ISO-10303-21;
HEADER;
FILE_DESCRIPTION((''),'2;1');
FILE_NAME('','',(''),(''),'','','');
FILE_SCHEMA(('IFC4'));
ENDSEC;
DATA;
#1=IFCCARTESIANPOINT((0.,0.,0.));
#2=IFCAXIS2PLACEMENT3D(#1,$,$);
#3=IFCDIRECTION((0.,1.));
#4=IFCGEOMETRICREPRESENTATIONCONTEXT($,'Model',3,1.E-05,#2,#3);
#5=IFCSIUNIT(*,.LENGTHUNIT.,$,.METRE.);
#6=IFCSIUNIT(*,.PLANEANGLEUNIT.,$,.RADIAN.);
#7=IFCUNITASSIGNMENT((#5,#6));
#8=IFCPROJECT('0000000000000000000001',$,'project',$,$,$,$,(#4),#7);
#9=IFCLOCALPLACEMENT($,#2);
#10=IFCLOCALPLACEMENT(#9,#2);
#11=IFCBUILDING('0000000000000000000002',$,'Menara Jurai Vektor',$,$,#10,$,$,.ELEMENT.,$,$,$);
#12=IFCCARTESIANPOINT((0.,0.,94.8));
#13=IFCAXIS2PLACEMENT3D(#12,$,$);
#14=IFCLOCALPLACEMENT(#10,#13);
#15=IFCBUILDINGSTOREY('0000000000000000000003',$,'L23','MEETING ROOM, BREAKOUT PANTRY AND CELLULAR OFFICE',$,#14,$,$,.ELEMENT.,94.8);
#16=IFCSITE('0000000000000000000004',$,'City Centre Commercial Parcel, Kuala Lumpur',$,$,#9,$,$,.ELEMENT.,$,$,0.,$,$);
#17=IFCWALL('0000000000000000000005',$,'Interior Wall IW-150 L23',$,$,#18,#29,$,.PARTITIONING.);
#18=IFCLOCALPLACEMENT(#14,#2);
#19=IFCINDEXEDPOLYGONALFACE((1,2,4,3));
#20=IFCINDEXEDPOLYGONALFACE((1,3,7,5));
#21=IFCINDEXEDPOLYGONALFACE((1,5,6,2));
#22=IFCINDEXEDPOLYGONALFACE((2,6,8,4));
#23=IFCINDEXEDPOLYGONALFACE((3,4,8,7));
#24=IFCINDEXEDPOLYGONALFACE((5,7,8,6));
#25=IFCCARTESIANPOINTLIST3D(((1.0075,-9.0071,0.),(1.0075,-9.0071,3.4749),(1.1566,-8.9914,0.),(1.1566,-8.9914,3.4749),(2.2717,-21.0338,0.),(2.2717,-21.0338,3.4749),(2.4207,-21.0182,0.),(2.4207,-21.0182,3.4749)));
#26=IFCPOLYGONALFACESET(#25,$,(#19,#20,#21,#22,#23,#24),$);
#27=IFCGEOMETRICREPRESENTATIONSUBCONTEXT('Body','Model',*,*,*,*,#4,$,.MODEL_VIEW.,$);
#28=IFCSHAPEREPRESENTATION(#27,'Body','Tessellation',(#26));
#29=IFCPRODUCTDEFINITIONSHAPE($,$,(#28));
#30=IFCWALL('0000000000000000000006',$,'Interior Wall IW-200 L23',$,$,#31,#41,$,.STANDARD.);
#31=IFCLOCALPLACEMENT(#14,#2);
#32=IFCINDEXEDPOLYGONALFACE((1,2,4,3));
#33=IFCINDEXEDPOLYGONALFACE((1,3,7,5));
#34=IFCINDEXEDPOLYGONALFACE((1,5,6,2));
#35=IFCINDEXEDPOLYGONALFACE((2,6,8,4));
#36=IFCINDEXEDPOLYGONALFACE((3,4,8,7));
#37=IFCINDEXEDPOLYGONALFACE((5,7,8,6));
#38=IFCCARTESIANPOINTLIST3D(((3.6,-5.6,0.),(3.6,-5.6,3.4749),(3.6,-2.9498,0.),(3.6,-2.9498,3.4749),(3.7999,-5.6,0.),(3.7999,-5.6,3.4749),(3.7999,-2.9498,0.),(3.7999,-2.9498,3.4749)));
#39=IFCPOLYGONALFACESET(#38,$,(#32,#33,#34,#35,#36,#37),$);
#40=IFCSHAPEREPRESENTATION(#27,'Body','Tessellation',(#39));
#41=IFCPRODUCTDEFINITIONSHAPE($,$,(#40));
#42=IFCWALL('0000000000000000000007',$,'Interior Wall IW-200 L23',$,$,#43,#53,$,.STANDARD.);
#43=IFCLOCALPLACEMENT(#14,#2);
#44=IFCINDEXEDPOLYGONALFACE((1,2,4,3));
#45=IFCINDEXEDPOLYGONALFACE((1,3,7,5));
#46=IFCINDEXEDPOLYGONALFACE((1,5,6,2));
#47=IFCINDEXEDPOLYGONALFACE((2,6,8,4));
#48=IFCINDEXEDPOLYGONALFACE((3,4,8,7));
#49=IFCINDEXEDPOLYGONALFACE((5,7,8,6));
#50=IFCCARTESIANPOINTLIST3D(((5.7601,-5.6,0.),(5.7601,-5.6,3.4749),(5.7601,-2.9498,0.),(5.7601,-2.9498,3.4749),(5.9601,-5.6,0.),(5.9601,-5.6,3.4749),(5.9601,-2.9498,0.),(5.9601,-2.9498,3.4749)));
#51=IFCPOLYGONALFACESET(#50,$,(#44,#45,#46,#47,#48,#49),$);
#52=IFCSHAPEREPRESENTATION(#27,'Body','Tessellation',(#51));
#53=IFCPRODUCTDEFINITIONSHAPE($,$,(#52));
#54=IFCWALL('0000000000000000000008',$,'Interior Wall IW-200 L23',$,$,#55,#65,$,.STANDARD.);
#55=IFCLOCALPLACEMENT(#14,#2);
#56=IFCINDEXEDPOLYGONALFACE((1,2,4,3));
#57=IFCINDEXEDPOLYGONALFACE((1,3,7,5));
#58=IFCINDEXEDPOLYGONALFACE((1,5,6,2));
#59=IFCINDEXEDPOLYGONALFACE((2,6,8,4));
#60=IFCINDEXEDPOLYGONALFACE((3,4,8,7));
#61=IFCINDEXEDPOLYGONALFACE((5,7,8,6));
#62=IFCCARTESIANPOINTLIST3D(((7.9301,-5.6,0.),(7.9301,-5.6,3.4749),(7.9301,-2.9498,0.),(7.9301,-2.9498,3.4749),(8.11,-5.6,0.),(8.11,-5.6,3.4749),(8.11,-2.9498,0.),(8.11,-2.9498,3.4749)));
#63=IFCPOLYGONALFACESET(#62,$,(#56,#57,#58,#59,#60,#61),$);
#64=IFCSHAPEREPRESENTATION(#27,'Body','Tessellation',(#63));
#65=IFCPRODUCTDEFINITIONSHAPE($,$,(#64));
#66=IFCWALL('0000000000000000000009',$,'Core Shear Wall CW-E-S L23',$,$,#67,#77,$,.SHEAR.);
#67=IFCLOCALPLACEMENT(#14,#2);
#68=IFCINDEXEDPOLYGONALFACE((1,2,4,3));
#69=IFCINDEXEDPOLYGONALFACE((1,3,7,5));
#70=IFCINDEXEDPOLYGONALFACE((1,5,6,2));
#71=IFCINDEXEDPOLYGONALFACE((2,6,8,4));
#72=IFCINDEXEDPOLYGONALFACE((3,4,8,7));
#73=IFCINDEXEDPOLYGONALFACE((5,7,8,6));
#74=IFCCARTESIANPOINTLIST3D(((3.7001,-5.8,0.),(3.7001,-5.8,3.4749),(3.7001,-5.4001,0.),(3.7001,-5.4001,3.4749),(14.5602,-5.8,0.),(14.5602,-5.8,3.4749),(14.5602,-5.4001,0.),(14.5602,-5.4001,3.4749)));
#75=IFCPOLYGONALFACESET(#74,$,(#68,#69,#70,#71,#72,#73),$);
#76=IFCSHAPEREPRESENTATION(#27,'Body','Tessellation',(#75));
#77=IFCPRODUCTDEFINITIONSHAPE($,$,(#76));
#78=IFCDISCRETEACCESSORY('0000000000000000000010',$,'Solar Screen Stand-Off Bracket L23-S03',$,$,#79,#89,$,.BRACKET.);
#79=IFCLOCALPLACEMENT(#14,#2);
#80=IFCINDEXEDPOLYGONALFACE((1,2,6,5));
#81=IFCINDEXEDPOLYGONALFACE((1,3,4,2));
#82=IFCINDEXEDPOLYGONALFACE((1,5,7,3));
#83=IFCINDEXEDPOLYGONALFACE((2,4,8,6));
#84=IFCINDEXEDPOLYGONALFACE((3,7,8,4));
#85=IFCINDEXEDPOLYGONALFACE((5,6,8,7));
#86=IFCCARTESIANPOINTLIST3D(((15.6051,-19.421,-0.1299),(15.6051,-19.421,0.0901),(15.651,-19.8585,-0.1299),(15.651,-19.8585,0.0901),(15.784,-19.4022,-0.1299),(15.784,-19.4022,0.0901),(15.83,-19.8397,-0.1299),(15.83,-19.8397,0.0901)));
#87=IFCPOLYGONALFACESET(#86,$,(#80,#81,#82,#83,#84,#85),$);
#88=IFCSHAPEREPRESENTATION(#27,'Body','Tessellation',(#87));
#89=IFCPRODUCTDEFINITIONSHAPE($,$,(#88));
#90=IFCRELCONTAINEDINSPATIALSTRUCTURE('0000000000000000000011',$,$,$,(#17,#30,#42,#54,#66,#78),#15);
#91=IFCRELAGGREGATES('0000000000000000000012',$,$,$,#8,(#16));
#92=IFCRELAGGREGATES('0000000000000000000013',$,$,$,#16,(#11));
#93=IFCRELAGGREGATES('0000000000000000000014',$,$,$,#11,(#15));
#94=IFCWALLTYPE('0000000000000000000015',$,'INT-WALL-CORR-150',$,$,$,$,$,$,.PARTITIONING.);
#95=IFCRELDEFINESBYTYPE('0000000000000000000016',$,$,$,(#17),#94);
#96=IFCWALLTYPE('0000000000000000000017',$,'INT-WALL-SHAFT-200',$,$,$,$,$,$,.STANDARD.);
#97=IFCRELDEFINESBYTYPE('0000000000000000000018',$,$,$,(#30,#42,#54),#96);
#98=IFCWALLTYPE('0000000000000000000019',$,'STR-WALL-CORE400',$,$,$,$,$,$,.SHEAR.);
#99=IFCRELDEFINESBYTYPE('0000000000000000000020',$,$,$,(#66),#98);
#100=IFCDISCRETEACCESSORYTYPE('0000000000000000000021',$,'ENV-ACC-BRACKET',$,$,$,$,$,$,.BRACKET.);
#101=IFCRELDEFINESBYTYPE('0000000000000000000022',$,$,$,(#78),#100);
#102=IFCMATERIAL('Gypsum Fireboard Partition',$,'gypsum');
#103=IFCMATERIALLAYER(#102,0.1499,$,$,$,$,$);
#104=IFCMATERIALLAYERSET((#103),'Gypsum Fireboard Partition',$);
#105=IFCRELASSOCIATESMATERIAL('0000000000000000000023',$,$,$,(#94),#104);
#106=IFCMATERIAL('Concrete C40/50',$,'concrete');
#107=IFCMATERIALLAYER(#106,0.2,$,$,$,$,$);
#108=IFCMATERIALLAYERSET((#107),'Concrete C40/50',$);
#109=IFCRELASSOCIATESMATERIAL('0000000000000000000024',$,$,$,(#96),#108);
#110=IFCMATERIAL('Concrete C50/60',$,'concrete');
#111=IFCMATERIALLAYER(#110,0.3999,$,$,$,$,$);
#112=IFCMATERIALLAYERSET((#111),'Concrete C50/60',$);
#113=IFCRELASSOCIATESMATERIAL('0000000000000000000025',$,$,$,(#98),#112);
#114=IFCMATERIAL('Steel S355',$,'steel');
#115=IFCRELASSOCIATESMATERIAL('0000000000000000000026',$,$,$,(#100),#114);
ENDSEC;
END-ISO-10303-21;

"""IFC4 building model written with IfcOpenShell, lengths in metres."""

from ifc_helpers import new_model, si_unit, direction, frame, frame_2d, origin, origin_2d, place, context, subcontext, project, spatial, rectangle, extrude, material, layer, layer_set, type_object, element, save


model = new_model("IFC4")

# Units and contexts
model_context = context("Model", 3, precision=1e-05, world=origin(), true_north=direction((0.0, 1.0)))
body_context = subcontext(model_context, "Body", "Model", "MODEL_VIEW")
ifc_project = project(units=[si_unit("LENGTHUNIT", "METRE"), si_unit("PLANEANGLEUNIT", "RADIAN")], contexts=[model_context])

# Site, building, storey
site_placement = place(None, origin())
site = spatial("IfcSite", under=ifc_project, at=site_placement, Name="City Centre Commercial Parcel, Kuala Lumpur", CompositionType="ELEMENT", RefElevation=0.0)
building_placement = place(site_placement, origin())
building = spatial("IfcBuilding", under=site, at=building_placement, Name="Menara Jurai Vektor", CompositionType="ELEMENT")
storey_placement = place(building_placement, frame((0.0, 0.0, 94.8)))
storey = spatial("IfcBuildingStorey", under=building, at=storey_placement, Name="L23", Description="MEETING ROOM, BREAKOUT PANTRY AND CELLULAR OFFICE", CompositionType="ELEMENT", Elevation=94.8)

# Shared definitions
ifc_material_1 = material(Name="Concrete C50/60", Category="concrete")

# Shared definitions
ifc_material_2 = material(Name="Steel S355", Category="steel")

# Shared definitions
ifc_material_3 = material(Name="Gypsum Fireboard Partition", Category="gypsum")
ifc_layer_1 = layer(ifc_material_3, 0.1499)
ifc_layer_set_1 = layer_set([ifc_layer_1], Name="Gypsum Fireboard Partition")
wall_type_1 = type_object("IfcWallType", Name="INT-WALL-CORR-150", PredefinedType="PARTITIONING", material=ifc_layer_set_1)

# Walls
wall_1_placement = place(storey_placement, frame((2.3462, -21.0259, 0.0), z_axis=(0.0, 0.0, 1.0), x_axis=(-0.104536, 0.994521, 0.0)))
element("IfcWall", 1, at=wall_1_placement, inside=storey, type_object=wall_type_1, Name="Interior Wall IW-150 L23", PredefinedType="PARTITIONING", context=body_context, shape_type="SweptSolid", body=[
    extrude(rectangle(XDim=12.093, YDim=0.1499, at=frame_2d((6.0464, 0.0))), origin(), (0.0, 0.0, 1.0), 3.4749),
])
ifc_material_4 = material(Name="Concrete C40/50", Category="concrete")
ifc_layer_2 = layer(ifc_material_4, 0.2)
ifc_layer_set_2 = layer_set([ifc_layer_2], Name="Concrete C40/50")
wall_type_2 = type_object("IfcWallType", Name="INT-WALL-SHAFT-200", PredefinedType="STANDARD", material=ifc_layer_set_2)
for number, where, z_axis, x_axis, name in (
    (2, (3.7, -5.6001, 0.0), (0.0, 0.0, 1.0), (0.0, 1.0, 0.0), "Interior Wall IW-200 L23"),
    (3, (5.8601, -5.6001, 0.0), (0.0, 0.0, 1.0), (0.0, 1.0, 0.0), "Interior Wall IW-200 L23"),
):
    element("IfcWall", number, at=place(storey_placement, frame(where, z_axis=z_axis, x_axis=x_axis)), inside=storey, type_object=wall_type_2, Name=name, PredefinedType="STANDARD", context=body_context, shape_type="SweptSolid", body=[
        extrude(rectangle(XDim=2.6501, YDim=0.2, at=frame_2d((1.3252, 0.0))), origin(), (0.0, 0.0, 1.0), 3.4749),
    ])
wall_2_placement = place(storey_placement, frame((8.02, -5.6001, 0.0), z_axis=(0.0, 0.0, 1.0), x_axis=(0.0, 1.0, 0.0)))
element("IfcWall", 4, at=wall_2_placement, inside=storey, type_object=wall_type_2, Name="Interior Wall IW-200 L23", PredefinedType="STANDARD", context=body_context, shape_type="SweptSolid", body=[
    extrude(rectangle(XDim=2.6501, YDim=0.1799, at=frame_2d((1.3252, 0.0))), origin(), (0.0, 0.0, 1.0), 3.4749),
])
ifc_layer_3 = layer(ifc_material_1, 0.3999)
ifc_layer_set_3 = layer_set([ifc_layer_3], Name="Concrete C50/60")
wall_type_3 = type_object("IfcWallType", Name="STR-WALL-CORE400", PredefinedType="SHEAR", material=ifc_layer_set_3)
wall_3_placement = place(storey_placement, frame((3.7, -5.6001, 0.0), z_axis=(0.0, 0.0, 1.0), x_axis=(1.0, 0.0, 0.0)))
element("IfcWall", 5, at=wall_3_placement, inside=storey, type_object=wall_type_3, Name="Core Shear Wall CW-E-S L23", PredefinedType="SHEAR", context=body_context, shape_type="SweptSolid", body=[
    extrude(rectangle(XDim=10.8601, YDim=0.3999, at=frame_2d((5.4302, 0.0))), origin(), (0.0, 0.0, 1.0), 3.4749),
])

# Discrete accessory
discrete_accessory_type = type_object("IfcDiscreteAccessoryType", Name="ENV-ACC-BRACKET", PredefinedType="BRACKET", material=ifc_material_2)
discrete_accessory_placement = place(storey_placement, frame((15.7175, -19.6304, -0.1299), z_axis=(0.0, 0.0, 1.0), x_axis=(0.994522, 0.104528, 0.0)))
element("IfcDiscreteAccessory", 6, at=discrete_accessory_placement, inside=storey, type_object=discrete_accessory_type, Name="Solar Screen Stand-Off Bracket L23-S03", PredefinedType="BRACKET", context=body_context, shape_type="SweptSolid", body=[
    extrude(rectangle(XDim=0.1799, YDim=0.4399, at=origin_2d()), origin(), (0.0, 0.0, 1.0), 0.22),
])

save(model, "model.ifc")
